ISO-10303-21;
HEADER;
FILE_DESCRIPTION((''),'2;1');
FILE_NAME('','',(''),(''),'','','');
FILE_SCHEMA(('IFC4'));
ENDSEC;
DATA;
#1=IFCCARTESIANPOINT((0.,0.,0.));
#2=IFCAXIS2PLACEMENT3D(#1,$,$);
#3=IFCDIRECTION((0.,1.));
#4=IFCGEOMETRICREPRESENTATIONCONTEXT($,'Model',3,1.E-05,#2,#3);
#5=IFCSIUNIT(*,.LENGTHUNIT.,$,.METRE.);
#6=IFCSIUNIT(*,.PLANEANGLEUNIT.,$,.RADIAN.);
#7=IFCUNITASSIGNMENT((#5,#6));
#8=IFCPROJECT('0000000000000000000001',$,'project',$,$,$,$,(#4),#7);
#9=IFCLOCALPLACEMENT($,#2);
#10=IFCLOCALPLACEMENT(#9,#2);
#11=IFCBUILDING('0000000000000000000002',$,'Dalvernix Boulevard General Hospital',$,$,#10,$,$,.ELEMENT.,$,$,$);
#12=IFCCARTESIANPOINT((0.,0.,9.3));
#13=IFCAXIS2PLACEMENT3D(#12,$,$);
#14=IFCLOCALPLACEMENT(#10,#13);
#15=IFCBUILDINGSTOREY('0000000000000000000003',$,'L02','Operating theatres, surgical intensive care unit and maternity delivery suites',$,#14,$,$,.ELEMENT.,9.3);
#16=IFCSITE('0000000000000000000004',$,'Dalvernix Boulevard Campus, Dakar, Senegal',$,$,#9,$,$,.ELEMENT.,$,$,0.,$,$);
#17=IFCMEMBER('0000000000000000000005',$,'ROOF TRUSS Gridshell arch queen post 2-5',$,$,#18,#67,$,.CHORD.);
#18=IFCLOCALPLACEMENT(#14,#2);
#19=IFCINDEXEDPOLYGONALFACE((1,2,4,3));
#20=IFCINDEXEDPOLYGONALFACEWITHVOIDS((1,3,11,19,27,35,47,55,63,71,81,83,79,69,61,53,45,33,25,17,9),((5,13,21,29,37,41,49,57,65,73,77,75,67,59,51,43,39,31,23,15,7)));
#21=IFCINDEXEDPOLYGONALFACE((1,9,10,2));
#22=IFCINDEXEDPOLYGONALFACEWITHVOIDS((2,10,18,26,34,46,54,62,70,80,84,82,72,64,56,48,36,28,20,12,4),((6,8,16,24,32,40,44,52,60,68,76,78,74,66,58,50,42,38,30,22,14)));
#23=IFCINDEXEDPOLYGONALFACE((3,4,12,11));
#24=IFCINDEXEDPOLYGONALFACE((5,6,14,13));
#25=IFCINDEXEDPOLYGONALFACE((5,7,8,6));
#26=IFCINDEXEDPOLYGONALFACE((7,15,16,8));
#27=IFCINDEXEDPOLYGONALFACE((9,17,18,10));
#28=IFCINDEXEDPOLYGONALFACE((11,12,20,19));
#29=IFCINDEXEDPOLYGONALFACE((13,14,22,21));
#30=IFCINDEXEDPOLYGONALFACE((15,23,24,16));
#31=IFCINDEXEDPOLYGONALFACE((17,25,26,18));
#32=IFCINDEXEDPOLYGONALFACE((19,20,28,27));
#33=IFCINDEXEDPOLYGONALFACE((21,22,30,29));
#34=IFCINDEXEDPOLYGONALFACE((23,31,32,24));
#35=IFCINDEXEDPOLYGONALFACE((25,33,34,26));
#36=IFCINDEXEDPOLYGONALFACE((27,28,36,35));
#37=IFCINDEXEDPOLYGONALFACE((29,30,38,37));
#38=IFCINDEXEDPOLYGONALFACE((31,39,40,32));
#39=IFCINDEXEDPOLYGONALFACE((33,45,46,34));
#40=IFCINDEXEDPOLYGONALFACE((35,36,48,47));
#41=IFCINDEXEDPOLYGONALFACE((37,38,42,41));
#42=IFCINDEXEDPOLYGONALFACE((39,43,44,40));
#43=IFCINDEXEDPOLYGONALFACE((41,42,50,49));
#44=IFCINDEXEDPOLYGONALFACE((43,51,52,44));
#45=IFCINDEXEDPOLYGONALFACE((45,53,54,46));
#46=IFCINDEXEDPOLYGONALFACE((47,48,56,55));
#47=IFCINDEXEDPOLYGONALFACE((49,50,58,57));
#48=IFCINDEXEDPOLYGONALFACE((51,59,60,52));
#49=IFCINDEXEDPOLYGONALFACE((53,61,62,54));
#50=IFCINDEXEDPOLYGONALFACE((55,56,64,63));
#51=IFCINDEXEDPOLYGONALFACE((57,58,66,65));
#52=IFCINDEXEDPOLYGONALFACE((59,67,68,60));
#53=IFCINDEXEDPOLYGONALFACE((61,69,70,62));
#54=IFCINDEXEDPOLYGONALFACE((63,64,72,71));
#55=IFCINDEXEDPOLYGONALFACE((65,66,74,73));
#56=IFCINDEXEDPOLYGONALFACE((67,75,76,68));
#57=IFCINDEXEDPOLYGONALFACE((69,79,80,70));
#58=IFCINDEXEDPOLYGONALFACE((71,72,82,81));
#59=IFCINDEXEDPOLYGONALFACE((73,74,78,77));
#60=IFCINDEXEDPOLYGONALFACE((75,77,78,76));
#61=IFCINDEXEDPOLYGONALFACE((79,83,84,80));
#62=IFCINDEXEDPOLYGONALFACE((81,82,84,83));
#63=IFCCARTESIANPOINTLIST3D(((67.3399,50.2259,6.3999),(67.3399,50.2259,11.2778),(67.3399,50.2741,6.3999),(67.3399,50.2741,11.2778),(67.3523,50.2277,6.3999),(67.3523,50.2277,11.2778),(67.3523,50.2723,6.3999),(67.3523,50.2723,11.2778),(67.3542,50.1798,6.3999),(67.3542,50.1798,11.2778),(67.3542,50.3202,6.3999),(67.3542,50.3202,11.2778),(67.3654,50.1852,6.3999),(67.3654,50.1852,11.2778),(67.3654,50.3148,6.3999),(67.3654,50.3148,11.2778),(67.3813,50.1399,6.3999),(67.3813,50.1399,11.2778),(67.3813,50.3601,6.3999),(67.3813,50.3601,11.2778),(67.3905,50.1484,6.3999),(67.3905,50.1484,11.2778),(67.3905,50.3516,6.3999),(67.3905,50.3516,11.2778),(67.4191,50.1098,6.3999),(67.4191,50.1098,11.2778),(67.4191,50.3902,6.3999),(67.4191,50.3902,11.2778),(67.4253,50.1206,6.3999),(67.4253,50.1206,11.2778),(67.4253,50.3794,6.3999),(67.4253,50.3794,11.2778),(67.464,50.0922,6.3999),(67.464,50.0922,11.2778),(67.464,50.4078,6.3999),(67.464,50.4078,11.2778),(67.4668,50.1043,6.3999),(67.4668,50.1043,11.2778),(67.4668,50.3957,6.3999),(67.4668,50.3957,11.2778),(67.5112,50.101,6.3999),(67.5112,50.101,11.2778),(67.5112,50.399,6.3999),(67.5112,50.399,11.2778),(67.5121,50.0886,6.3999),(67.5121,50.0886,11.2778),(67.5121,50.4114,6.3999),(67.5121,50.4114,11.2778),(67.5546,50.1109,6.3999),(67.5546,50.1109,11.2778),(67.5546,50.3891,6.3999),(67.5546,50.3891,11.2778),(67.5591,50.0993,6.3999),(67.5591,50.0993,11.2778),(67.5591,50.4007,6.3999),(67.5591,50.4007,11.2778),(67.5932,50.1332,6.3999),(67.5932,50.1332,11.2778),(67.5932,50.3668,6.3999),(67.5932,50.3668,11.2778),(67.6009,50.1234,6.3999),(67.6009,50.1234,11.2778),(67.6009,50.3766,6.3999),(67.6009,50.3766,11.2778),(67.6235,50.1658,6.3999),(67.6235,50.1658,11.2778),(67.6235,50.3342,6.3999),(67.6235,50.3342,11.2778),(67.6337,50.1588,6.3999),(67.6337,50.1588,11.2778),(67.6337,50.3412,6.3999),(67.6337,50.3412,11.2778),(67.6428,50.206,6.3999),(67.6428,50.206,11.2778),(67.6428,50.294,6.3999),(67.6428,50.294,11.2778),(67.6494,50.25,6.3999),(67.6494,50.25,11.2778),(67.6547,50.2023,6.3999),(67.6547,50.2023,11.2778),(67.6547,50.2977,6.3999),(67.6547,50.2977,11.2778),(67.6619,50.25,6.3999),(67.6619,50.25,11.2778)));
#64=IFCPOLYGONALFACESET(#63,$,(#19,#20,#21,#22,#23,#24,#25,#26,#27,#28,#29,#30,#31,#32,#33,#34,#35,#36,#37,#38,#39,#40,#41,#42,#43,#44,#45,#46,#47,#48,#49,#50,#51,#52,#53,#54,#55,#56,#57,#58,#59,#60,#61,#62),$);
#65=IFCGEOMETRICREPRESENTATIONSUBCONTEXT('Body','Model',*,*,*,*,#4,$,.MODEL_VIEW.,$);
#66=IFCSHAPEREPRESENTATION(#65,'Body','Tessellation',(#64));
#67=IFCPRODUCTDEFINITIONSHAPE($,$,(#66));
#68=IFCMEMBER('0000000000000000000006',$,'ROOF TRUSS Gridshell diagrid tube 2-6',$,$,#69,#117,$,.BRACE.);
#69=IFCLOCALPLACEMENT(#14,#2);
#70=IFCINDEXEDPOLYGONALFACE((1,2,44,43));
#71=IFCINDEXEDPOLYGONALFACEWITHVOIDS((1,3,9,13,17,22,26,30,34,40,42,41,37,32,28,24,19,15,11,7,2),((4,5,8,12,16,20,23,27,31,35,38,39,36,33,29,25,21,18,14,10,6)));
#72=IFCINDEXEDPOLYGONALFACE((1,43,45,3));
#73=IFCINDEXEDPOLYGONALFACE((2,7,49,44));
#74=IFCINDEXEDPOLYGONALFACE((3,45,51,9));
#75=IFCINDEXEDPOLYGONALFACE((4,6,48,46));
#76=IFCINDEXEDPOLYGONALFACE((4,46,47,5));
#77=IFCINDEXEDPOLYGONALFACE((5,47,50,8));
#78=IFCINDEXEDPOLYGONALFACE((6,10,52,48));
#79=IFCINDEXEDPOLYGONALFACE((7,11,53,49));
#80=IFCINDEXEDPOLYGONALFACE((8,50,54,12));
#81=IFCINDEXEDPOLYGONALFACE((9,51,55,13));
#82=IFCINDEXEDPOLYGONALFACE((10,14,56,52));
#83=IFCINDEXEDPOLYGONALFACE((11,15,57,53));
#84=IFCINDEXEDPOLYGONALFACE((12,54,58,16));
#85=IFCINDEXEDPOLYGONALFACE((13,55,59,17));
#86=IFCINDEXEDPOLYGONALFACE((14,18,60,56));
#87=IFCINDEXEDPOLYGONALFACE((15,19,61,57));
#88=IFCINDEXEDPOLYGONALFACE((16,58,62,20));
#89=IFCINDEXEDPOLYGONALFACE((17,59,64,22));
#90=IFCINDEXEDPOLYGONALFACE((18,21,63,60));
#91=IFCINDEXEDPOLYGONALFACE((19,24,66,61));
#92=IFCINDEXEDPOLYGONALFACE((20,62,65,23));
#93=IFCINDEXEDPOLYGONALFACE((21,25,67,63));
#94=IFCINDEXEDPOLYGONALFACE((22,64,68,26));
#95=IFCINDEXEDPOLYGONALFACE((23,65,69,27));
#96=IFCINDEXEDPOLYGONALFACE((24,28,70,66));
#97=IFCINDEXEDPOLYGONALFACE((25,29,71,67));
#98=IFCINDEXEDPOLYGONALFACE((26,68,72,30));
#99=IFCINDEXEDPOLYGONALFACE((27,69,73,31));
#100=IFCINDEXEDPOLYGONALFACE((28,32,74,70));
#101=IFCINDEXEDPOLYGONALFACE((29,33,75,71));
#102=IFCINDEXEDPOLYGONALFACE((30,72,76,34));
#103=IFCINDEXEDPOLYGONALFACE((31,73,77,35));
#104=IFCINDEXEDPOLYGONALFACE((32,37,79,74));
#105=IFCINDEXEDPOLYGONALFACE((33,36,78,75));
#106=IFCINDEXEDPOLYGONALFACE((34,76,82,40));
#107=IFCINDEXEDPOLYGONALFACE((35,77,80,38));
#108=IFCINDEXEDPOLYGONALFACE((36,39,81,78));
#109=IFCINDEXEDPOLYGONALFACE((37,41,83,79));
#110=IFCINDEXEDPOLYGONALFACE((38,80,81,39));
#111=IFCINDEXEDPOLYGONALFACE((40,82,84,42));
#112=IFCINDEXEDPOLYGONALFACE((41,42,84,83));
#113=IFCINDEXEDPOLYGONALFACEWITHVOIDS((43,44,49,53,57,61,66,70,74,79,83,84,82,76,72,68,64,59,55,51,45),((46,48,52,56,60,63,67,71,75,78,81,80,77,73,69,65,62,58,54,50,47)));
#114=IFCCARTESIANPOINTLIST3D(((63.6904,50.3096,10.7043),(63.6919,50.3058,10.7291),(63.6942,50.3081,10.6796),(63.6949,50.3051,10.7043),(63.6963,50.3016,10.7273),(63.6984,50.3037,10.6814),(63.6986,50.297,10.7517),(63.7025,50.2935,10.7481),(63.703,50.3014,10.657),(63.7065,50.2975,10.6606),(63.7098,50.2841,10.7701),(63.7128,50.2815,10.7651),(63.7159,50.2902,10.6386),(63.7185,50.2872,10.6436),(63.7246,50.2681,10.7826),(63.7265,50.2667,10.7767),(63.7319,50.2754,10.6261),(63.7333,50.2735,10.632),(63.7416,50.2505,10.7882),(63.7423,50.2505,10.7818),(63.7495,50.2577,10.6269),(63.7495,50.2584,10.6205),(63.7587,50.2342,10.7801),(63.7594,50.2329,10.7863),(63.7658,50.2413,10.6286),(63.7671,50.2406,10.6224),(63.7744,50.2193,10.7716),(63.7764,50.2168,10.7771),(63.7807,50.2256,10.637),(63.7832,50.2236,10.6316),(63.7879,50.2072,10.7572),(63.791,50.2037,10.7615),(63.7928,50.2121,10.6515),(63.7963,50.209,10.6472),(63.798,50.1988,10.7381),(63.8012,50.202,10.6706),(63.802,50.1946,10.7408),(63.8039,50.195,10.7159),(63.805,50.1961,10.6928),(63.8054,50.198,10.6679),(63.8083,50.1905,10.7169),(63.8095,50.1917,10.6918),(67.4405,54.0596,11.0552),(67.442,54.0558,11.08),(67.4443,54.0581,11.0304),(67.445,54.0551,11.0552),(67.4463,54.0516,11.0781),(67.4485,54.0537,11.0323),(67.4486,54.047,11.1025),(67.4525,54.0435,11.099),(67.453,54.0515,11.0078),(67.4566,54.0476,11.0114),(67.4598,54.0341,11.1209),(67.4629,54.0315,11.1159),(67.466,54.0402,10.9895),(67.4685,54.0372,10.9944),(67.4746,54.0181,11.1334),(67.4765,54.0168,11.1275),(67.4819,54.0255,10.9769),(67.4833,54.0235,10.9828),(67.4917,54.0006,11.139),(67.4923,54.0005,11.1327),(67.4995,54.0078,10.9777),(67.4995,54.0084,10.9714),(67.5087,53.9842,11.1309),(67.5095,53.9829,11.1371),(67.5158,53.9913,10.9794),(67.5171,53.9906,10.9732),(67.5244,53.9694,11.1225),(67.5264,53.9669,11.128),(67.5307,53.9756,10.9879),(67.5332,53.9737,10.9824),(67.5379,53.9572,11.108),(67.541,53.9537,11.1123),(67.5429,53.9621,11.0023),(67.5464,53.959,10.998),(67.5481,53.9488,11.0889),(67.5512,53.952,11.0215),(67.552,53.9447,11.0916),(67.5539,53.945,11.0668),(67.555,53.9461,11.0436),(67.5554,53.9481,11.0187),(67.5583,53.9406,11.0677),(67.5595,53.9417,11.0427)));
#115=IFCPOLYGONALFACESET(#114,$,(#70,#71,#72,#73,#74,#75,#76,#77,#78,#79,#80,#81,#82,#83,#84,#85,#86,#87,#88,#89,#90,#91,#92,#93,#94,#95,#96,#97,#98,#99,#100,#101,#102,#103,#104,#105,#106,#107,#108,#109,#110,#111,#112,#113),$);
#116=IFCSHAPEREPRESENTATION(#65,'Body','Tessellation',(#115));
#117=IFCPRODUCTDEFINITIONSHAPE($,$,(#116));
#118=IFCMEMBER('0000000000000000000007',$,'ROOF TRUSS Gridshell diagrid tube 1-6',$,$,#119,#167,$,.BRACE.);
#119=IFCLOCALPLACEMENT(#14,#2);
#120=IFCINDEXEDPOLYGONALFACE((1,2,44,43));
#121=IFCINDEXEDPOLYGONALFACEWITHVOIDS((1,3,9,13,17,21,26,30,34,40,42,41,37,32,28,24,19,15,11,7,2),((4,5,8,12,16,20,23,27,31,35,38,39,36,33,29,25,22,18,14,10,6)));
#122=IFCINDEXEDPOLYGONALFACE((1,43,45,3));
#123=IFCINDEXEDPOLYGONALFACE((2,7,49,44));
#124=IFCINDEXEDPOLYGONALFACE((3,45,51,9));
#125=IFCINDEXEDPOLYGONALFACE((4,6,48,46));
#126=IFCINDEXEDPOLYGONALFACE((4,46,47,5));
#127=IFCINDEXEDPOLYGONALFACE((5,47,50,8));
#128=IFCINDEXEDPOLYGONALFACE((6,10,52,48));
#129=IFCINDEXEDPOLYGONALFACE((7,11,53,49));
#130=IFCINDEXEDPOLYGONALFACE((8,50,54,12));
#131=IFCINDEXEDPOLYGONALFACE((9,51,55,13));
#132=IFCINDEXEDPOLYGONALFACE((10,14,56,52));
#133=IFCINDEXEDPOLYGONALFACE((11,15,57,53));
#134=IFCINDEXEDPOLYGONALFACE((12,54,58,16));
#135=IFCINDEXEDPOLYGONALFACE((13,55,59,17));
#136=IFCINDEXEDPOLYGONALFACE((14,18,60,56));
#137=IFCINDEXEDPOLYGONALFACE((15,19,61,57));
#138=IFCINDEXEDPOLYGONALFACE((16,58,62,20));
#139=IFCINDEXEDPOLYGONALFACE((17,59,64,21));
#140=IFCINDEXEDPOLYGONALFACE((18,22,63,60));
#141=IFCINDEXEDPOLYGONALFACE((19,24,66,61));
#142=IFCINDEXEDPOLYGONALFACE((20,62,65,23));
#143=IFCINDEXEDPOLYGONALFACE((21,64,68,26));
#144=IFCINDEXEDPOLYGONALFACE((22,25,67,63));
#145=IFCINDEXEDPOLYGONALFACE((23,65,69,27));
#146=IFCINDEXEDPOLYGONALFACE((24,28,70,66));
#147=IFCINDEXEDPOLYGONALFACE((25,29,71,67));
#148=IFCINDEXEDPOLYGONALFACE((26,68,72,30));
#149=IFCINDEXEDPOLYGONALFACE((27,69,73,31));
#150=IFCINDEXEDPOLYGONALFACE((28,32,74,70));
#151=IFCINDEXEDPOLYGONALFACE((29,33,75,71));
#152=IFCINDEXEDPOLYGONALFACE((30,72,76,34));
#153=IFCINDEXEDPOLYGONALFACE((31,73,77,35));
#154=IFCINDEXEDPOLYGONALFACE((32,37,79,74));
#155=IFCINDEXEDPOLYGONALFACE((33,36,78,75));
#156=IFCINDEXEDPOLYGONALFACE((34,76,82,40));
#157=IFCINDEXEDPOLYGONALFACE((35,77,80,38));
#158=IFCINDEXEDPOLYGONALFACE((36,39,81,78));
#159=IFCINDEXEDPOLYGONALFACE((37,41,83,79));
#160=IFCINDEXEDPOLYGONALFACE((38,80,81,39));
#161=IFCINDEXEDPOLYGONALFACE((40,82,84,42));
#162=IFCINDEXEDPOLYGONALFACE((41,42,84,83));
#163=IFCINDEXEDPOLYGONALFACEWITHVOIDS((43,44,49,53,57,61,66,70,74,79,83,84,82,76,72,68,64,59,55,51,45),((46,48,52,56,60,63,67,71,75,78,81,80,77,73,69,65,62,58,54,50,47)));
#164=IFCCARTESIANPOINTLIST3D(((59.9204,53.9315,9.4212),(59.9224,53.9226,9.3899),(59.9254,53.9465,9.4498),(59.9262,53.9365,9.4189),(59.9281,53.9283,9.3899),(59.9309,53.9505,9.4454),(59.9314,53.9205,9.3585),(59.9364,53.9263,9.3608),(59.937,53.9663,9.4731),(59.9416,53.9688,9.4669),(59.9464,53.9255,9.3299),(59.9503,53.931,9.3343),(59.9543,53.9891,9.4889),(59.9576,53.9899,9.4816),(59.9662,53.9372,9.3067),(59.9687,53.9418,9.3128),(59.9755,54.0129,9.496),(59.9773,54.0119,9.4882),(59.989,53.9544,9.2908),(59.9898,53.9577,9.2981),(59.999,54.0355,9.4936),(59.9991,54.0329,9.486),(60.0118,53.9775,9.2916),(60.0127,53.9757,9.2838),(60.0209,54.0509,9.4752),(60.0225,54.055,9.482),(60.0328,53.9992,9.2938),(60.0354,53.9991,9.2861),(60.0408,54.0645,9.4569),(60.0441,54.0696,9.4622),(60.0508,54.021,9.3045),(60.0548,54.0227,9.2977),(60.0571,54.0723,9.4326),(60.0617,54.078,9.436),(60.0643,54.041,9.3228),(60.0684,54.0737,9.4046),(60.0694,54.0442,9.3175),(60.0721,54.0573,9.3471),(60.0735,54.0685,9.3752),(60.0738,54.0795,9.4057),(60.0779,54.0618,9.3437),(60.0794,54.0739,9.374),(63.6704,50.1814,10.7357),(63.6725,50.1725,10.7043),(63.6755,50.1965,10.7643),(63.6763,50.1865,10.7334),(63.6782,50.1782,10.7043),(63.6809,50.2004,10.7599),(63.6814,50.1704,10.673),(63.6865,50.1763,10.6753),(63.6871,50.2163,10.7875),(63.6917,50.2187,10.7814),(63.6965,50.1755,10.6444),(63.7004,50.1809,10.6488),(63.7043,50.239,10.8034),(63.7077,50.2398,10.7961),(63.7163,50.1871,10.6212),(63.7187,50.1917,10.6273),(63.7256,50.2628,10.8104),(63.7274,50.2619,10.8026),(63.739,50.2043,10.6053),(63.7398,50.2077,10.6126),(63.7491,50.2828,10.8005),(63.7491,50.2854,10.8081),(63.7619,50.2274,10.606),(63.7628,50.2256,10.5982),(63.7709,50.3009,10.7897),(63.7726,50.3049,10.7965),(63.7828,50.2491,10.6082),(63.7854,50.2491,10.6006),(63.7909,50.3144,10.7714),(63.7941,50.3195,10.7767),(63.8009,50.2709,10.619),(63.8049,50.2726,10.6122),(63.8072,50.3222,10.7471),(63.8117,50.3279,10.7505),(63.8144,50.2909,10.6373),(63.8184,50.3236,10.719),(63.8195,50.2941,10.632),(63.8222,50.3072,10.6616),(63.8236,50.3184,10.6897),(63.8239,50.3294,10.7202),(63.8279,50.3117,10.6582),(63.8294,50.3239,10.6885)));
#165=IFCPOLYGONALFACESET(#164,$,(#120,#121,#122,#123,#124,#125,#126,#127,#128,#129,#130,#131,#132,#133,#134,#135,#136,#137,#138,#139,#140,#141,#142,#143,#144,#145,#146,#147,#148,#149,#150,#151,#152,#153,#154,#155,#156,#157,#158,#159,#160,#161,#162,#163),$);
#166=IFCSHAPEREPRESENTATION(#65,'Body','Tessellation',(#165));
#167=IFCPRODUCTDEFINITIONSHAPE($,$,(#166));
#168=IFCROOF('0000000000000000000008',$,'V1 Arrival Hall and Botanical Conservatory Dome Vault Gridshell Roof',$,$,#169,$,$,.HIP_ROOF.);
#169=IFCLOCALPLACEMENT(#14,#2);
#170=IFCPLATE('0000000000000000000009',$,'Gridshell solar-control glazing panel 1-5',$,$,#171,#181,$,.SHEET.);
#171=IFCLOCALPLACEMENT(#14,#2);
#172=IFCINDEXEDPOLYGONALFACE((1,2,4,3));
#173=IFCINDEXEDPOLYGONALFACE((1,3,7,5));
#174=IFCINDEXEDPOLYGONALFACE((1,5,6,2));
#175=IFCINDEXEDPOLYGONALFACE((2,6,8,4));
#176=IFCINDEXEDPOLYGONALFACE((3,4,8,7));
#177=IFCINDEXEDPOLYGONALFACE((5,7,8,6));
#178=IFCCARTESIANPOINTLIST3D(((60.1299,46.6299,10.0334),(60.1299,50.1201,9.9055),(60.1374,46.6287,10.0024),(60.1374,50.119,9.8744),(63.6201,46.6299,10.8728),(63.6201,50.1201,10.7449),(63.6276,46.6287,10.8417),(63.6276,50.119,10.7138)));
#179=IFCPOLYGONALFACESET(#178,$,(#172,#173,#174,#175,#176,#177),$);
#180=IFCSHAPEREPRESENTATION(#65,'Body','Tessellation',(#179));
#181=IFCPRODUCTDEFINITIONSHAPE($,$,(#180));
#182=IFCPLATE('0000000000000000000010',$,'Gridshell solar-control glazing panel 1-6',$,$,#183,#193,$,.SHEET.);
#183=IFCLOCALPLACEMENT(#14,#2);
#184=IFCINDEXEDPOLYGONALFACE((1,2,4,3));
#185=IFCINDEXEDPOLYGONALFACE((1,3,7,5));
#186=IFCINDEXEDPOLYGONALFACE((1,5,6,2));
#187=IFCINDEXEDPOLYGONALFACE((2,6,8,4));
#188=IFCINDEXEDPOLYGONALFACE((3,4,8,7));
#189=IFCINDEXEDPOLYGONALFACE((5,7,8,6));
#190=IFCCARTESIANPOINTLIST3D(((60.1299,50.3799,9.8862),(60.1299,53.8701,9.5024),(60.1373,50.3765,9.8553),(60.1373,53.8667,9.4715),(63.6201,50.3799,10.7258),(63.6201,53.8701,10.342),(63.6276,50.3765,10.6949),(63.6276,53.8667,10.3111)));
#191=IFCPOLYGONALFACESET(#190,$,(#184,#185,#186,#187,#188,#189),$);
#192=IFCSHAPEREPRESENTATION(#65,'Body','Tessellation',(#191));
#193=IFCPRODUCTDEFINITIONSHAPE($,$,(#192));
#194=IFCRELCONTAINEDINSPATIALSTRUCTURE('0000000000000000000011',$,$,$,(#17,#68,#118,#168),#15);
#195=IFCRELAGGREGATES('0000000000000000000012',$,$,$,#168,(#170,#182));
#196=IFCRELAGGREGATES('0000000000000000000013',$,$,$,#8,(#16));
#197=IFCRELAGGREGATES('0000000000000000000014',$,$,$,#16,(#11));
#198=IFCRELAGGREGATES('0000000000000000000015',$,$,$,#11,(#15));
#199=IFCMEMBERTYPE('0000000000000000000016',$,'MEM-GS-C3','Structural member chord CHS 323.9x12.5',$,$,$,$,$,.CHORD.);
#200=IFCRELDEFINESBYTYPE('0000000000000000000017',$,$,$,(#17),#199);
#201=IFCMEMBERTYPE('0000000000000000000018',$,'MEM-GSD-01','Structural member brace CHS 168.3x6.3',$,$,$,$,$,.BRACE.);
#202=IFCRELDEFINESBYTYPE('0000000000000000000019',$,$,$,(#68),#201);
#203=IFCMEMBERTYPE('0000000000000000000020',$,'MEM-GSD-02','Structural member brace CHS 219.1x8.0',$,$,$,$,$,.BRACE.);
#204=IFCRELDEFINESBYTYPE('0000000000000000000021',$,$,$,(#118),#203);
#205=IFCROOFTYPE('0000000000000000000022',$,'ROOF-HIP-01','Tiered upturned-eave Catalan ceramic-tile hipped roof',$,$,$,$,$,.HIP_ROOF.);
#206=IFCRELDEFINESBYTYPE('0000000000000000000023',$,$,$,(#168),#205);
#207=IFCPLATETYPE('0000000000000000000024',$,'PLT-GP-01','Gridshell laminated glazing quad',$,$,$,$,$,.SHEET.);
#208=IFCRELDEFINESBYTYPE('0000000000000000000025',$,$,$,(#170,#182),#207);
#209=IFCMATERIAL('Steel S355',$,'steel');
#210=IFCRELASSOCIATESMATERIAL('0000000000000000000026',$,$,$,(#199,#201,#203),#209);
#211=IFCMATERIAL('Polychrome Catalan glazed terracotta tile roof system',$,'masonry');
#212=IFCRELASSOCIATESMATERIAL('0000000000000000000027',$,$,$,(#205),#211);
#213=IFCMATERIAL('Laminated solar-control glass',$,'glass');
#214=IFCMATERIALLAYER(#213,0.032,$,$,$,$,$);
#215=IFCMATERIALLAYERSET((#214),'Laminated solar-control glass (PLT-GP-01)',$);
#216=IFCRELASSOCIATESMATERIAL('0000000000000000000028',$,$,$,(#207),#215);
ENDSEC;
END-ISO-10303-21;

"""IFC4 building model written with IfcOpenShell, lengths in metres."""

from ifc_helpers import new_model, si_unit, direction, frame, origin, origin_2d, place, context, subcontext, project, spatial, polyline, hollow_circle, outline, extrude, material, layer, layer_set, material_profile, profile_set, type_object, element, aggregate, save


model = new_model("IFC4")

# Units and contexts
model_context = context("Model", 3, precision=1e-05, world=origin(), true_north=direction((0.0, 1.0)))
body_context = subcontext(model_context, "Body", "Model", "MODEL_VIEW")
ifc_project = project(units=[si_unit("LENGTHUNIT", "METRE"), si_unit("PLANEANGLEUNIT", "RADIAN")], contexts=[model_context])

# Site, building, storey
site_placement = place(None, origin())
site = spatial("IfcSite", under=ifc_project, at=site_placement, Name="Dalvernix Boulevard Campus, Dakar, Senegal", CompositionType="ELEMENT", RefElevation=0.0)
building_placement = place(site_placement, origin())
building = spatial("IfcBuilding", under=site, at=building_placement, Name="Dalvernix Boulevard General Hospital", CompositionType="ELEMENT")
storey_placement = place(building_placement, frame((0.0, 0.0, 9.3)))
storey = spatial("IfcBuildingStorey", under=building, at=storey_placement, Name="L02", Description="Operating theatres, surgical intensive care unit and maternity delivery suites", CompositionType="ELEMENT", Elevation=9.3)

# Shared definitions
ifc_material_1 = material(Name="Steel S355", Category="steel")

# Members
ifc_material_profile_1 = material_profile(ifc_material_1, hollow_circle(Radius=0.1619, WallThickness=0.0125, at=origin_2d()), Name="CHS 323.9x12.5")
ifc_profile_set_1 = profile_set([ifc_material_profile_1], Name="Steel S355")
member_type_1 = type_object("IfcMemberType", Name="MEM-GS-C3", Description="Structural member chord CHS 323.9x12.5", PredefinedType="CHORD", material=ifc_profile_set_1)
member_1_placement = place(storey_placement, frame((67.5, 50.25, 6.3999), z_axis=(0.0, 0.0, 1.0), x_axis=(1.0, 0.0, 0.0)))
element("IfcMember", 1, at=member_1_placement, inside=storey, type_object=member_type_1, Name="ROOF TRUSS Gridshell arch queen post 2-5", PredefinedType="CHORD", context=body_context, shape_type="SweptSolid", body=[
    extrude(hollow_circle(Radius=0.1619, WallThickness=0.0125, at=origin_2d()), origin(), (0.0, 0.0, 1.0), 4.8779),
])
ifc_material_profile_2 = material_profile(ifc_material_1, hollow_circle(Radius=0.0842, WallThickness=0.0063, at=origin_2d()), Name="CHS 168.3x6.3")
ifc_profile_set_2 = profile_set([ifc_material_profile_2], Name="Steel S355")
member_type_2 = type_object("IfcMemberType", Name="MEM-GSD-01", Description="Structural member brace CHS 168.3x6.3", PredefinedType="BRACE", material=ifc_profile_set_2)
member_2_placement = place(storey_placement, frame((63.75, 50.25, 10.7043), z_axis=(0.705565, 0.705565, 0.066009), x_axis=(-0.707107, 0.707107, 0.0)))
element("IfcMember", 2, at=member_2_placement, inside=storey, type_object=member_type_2, Name="ROOF TRUSS Gridshell diagrid tube 2-6", PredefinedType="BRACE", context=body_context, shape_type="SweptSolid", body=[
    extrude(hollow_circle(Radius=0.0842, WallThickness=0.0063, at=origin_2d()), origin(), (0.0, 0.0, 1.0), 5.3149),
])
ifc_material_profile_3 = material_profile(ifc_material_1, hollow_circle(Radius=0.1096, WallThickness=0.0081, at=origin_2d()), Name="CHS 219.1x8.0")
ifc_profile_set_3 = profile_set([ifc_material_profile_3], Name="Steel S355")
member_type_3 = type_object("IfcMemberType", Name="MEM-GSD-02", Description="Structural member brace CHS 219.1x8.0", PredefinedType="BRACE", material=ifc_profile_set_3)
member_3_placement = place(storey_placement, frame((63.75, 50.25, 10.7043), z_axis=(-0.686339, 0.686339, -0.240576), x_axis=(-0.707107, -0.707107, 0.0)))
element("IfcMember", 3, at=member_3_placement, inside=storey, type_object=member_type_3, Name="ROOF TRUSS Gridshell diagrid tube 1-6", PredefinedType="BRACE", context=body_context, shape_type="SweptSolid", body=[
    extrude(hollow_circle(Radius=0.1096, WallThickness=0.0081, at=origin_2d()), origin(), (0.0, 0.0, 1.0), 5.4639),
])

# Roof, plates
ifc_material_2 = material(Name="Polychrome Catalan glazed terracotta tile roof system", Category="masonry")
roof_type = type_object("IfcRoofType", Name="ROOF-HIP-01", Description="Tiered upturned-eave Catalan ceramic-tile hipped roof", PredefinedType="HIP_ROOF", material=ifc_material_2)
roof_placement = place(storey_placement, origin())
roof = element("IfcRoof", 4, at=roof_placement, inside=storey, type_object=roof_type, Name="V1 Arrival Hall and Botanical Conservatory Dome Vault Gridshell Roof", PredefinedType="HIP_ROOF")
ifc_material_3 = material(Name="Laminated solar-control glass", Category="glass")
ifc_layer_1 = layer(ifc_material_3, 0.032)
ifc_layer_set_1 = layer_set([ifc_layer_1], Name="Laminated solar-control glass (PLT-GP-01)")
plate_type = type_object("IfcPlateType", Name="PLT-GP-01", Description="Gridshell laminated glazing quad", PredefinedType="SHEET", material=ifc_layer_set_1)
plate_1_placement = place(storey_placement, frame((60.1299, 46.6299, 10.0334), z_axis=(-0.233672, 0.035615, 0.971663), x_axis=(0.97228, 0.0, 0.233821)))
plate_1 = element("IfcPlate", 5, at=plate_1_placement, type_object=plate_type, Name="Gridshell solar-control glazing panel 1-5", PredefinedType="SHEET", context=body_context, shape_type="SweptSolid", body=[
    extrude(outline(polyline([(0.0, 0.0), (3.5897, 0.0), (3.5598, 3.4925), (-0.0299, 3.4925), (0.0, 0.0)])), origin(), (0.0, 0.0, -1.0), 0.032),
])
plate_2_placement = place(storey_placement, frame((60.1299, 50.3799, 9.8862), z_axis=(-0.232559, 0.106305, 0.966755), x_axis=(0.972264, 0.0, 0.233885)))
plate_2 = element("IfcPlate", 6, at=plate_2_placement, type_object=plate_type, Name="Gridshell solar-control glazing panel 1-6", PredefinedType="SHEET", context=body_context, shape_type="SweptSolid", body=[
    extrude(outline(polyline([(0.0, 0.0), (3.5898, 0.0), (3.5, 3.5101), (-0.0898, 3.5101), (0.0, 0.0)])), origin(), (0.0, 0.0, -1.0), 0.032),
])
aggregate(roof, [plate_1, plate_2])

save(model, "model.ifc")
